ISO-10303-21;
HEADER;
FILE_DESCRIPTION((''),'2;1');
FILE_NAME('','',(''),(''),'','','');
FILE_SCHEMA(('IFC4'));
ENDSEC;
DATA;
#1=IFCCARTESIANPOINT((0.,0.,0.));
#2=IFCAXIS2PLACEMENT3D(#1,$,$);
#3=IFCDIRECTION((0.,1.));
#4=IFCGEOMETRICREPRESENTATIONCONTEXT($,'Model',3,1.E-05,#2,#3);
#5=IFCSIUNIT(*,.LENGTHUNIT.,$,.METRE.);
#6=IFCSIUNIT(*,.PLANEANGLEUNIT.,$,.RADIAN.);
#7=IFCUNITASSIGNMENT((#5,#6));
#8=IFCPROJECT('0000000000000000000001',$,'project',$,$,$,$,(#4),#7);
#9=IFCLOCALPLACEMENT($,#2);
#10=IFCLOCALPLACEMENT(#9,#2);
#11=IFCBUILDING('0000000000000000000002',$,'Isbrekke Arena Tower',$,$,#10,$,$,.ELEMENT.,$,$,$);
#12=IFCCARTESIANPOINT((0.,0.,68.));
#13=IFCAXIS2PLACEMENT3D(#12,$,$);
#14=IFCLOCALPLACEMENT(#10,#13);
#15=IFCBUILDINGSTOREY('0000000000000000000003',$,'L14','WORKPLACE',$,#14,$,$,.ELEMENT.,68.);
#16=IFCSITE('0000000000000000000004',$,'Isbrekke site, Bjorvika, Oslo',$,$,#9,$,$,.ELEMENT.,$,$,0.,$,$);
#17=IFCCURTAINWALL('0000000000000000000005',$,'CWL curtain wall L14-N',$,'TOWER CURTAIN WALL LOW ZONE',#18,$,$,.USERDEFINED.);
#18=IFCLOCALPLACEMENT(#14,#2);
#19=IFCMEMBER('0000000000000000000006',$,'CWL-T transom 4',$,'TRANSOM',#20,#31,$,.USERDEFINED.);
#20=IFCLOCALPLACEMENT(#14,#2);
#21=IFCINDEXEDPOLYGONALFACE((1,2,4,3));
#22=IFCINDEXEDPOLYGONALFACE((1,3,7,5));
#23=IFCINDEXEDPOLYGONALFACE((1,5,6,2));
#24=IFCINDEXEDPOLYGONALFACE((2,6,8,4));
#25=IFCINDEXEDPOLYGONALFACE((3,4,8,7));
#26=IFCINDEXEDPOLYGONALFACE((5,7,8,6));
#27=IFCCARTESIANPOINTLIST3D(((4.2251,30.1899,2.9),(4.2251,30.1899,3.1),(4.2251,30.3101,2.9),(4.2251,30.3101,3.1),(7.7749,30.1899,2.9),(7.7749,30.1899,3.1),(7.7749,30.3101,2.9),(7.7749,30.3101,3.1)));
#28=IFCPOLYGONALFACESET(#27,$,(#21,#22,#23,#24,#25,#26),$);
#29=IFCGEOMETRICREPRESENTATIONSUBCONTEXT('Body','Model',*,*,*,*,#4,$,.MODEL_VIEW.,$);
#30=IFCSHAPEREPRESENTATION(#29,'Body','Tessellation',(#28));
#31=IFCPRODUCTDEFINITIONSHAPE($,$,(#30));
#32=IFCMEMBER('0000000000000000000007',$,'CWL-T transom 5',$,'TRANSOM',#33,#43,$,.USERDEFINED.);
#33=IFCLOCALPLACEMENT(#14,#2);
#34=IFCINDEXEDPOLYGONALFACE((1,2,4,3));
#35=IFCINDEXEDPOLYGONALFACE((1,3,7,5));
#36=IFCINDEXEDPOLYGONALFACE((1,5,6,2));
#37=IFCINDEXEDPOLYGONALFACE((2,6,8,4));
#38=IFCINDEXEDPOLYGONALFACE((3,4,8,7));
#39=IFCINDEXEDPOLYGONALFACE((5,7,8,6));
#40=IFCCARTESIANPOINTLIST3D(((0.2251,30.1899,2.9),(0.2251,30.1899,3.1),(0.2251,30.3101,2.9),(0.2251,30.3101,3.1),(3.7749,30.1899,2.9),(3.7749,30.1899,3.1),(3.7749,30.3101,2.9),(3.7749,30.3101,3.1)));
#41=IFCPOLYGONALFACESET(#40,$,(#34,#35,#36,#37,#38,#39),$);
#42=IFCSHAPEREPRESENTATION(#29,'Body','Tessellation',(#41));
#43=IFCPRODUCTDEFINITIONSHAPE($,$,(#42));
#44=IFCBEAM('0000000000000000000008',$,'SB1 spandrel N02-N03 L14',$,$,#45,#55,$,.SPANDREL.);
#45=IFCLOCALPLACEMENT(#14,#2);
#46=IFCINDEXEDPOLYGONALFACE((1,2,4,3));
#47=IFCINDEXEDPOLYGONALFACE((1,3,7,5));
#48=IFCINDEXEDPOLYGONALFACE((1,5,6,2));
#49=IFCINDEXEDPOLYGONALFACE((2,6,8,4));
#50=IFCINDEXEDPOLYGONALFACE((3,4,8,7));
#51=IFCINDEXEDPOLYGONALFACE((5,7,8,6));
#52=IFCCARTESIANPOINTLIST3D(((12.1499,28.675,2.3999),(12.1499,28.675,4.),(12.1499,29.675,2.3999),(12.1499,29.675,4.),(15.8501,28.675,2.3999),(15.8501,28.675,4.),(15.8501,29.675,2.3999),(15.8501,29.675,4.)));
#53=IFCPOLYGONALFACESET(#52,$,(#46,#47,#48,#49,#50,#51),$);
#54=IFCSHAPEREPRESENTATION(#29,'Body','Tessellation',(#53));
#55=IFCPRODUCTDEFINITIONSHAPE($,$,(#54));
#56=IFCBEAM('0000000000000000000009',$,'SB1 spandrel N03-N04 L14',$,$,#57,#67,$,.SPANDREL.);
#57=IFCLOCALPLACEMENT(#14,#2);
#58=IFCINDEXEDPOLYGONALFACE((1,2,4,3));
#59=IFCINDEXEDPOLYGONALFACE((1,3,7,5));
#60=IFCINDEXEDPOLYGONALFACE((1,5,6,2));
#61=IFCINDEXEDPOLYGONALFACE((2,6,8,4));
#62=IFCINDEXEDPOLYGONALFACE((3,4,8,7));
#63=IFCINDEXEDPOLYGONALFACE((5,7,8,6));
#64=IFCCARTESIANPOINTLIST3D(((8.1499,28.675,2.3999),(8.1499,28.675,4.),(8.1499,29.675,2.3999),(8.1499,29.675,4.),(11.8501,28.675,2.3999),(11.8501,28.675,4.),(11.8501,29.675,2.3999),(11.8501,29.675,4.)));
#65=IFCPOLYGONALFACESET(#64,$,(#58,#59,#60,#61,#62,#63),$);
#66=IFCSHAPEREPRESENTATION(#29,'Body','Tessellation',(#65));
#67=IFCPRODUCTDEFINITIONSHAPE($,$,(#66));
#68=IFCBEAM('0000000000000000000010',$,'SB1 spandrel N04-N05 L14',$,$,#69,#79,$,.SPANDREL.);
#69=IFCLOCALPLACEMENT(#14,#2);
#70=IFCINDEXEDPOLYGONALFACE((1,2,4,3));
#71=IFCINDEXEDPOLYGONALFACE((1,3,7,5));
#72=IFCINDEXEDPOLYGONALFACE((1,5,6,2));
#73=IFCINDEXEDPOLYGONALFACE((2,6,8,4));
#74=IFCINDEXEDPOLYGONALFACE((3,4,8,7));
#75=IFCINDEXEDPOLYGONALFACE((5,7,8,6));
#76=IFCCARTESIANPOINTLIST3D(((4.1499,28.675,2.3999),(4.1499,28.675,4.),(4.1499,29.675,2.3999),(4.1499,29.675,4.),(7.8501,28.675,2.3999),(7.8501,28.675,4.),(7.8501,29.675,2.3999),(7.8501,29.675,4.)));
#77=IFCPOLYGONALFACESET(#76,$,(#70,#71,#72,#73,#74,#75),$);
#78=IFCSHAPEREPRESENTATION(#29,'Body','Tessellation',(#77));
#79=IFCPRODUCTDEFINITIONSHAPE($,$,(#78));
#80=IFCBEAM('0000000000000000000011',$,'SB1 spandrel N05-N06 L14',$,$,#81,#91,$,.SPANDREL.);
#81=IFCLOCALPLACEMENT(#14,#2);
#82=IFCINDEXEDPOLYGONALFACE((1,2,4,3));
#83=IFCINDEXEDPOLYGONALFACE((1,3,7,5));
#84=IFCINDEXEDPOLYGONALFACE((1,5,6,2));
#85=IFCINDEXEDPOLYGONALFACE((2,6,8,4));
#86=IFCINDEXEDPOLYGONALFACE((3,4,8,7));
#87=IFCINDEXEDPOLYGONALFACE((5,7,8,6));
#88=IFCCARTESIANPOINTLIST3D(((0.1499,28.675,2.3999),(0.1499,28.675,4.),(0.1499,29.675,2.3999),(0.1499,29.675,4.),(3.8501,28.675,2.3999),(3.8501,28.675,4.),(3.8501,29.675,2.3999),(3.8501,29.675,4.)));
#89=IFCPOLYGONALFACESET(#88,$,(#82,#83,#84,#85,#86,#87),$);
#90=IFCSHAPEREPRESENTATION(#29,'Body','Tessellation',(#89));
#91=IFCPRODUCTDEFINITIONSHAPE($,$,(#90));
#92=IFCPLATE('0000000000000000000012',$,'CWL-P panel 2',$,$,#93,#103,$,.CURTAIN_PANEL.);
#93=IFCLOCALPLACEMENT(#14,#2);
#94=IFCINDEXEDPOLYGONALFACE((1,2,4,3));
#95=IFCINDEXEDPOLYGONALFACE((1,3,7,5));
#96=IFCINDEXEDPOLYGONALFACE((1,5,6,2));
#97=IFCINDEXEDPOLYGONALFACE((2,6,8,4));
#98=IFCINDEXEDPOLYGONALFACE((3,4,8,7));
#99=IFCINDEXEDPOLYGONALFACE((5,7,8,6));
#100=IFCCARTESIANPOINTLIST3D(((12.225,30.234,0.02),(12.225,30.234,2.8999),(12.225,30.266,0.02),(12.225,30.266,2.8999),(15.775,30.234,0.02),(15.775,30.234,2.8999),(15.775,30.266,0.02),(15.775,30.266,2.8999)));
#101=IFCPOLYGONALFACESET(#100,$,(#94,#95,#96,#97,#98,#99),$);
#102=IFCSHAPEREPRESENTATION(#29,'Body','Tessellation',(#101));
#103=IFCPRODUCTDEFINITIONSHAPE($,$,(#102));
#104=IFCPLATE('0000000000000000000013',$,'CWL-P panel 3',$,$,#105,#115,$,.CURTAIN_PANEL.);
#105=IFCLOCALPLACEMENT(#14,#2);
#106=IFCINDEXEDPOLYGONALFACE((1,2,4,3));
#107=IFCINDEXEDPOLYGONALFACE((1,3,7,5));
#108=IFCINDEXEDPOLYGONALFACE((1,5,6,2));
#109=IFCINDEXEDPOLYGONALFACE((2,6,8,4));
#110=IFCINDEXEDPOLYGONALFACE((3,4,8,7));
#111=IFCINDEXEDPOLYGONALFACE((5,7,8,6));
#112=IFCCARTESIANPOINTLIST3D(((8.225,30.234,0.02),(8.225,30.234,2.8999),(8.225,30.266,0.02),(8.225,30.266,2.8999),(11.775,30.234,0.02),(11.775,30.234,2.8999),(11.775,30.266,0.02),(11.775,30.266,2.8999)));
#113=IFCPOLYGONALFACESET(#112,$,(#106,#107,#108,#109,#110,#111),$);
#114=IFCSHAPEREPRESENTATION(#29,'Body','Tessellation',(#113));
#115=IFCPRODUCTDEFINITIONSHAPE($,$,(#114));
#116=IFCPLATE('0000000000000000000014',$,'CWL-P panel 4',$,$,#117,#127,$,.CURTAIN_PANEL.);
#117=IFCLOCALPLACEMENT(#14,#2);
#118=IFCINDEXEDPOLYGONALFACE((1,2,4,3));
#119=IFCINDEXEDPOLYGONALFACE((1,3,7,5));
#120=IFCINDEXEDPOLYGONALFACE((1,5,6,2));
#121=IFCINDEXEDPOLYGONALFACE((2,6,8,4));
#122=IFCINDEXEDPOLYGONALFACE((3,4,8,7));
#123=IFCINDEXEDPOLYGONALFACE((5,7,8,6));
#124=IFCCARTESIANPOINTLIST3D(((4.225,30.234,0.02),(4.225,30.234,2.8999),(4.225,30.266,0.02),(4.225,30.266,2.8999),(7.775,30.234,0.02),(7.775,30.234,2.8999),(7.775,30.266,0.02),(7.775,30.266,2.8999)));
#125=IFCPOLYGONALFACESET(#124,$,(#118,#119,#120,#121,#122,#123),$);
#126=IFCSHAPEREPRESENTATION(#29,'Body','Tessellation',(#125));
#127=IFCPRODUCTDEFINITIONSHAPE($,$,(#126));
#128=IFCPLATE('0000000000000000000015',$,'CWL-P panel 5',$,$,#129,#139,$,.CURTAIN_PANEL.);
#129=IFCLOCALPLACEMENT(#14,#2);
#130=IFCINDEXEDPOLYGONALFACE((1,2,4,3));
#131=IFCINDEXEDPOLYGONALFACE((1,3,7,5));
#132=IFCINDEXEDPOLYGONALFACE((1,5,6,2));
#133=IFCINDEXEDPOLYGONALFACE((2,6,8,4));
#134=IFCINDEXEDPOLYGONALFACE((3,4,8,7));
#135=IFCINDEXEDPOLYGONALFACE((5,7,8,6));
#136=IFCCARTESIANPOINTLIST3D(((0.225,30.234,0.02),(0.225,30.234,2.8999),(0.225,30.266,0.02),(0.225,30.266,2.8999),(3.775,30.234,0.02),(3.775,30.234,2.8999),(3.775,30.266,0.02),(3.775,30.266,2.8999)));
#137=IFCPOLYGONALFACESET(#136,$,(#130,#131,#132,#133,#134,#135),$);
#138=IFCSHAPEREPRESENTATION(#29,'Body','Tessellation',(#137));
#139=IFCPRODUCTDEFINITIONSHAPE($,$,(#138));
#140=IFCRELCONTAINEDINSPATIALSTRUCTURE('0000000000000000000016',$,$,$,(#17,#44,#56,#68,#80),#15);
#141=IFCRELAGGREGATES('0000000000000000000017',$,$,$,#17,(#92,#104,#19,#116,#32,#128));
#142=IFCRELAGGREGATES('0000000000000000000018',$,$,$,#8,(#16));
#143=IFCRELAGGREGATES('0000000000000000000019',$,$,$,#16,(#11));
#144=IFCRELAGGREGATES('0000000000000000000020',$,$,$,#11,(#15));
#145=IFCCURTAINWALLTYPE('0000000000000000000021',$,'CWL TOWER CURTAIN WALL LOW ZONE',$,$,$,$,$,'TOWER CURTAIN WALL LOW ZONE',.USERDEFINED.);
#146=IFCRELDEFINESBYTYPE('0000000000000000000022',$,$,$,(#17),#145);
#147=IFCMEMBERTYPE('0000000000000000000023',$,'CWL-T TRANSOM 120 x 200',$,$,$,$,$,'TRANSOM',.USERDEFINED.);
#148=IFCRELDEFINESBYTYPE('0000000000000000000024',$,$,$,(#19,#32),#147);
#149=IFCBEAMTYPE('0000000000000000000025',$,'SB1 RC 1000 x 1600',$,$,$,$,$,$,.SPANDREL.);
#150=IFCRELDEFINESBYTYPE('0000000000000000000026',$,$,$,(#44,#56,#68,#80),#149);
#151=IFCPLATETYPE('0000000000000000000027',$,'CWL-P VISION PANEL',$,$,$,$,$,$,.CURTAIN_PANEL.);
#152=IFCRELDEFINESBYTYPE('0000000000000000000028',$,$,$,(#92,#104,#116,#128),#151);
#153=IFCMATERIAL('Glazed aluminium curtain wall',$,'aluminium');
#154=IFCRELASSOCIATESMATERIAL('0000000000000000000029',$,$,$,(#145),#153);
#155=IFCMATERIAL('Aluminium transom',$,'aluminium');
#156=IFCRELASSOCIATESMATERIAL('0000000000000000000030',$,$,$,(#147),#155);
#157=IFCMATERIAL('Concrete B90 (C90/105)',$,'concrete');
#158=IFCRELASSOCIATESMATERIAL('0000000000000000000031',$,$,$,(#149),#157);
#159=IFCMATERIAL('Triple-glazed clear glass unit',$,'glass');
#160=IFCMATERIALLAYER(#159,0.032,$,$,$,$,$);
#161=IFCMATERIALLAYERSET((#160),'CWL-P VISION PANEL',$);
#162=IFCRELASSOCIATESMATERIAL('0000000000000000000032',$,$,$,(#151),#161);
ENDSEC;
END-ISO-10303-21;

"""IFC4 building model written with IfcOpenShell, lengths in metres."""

from ifc_helpers import new_model, si_unit, direction, frame, origin, origin_2d, place, context, subcontext, project, spatial, rectangle, extrude, material, layer, layer_set, material_profile, profile_set, type_object, element, aggregate, save


model = new_model("IFC4")

# Units and contexts
model_context = context("Model", 3, precision=1e-05, world=origin(), true_north=direction((0.0, 1.0)))
body_context = subcontext(model_context, "Body", "Model", "MODEL_VIEW")
ifc_project = project(units=[si_unit("LENGTHUNIT", "METRE"), si_unit("PLANEANGLEUNIT", "RADIAN")], contexts=[model_context])

# Site, building, storey
site_placement = place(None, origin())
site = spatial("IfcSite", under=ifc_project, at=site_placement, Name="Isbrekke site, Bjorvika, Oslo", CompositionType="ELEMENT", RefElevation=0.0)
building_placement = place(site_placement, origin())
building = spatial("IfcBuilding", under=site, at=building_placement, Name="Isbrekke Arena Tower", CompositionType="ELEMENT")
storey_placement = place(building_placement, frame((0.0, 0.0, 68.0)))
storey = spatial("IfcBuildingStorey", under=building, at=storey_placement, Name="L14", Description="WORKPLACE", CompositionType="ELEMENT", Elevation=68.0)

# Curtain wall, members
ifc_material_1 = material(Name="Glazed aluminium curtain wall", Category="aluminium")
curtain_wall_type = type_object("IfcCurtainWallType", Name="CWL TOWER CURTAIN WALL LOW ZONE", ElementType="TOWER CURTAIN WALL LOW ZONE", PredefinedType="USERDEFINED", material=ifc_material_1)
curtain_wall_placement = place(storey_placement, origin())
curtain_wall = element("IfcCurtainWall", 1, at=curtain_wall_placement, inside=storey, type_object=curtain_wall_type, Name="CWL curtain wall L14-N", ObjectType="TOWER CURTAIN WALL LOW ZONE", PredefinedType="USERDEFINED")
ifc_material_2 = material(Name="Aluminium transom", Category="aluminium")
ifc_material_profile_1 = material_profile(ifc_material_2, rectangle(XDim=0.1201, YDim=0.2, at=origin_2d()), Name="TRANSOM 120X200")
ifc_profile_set_1 = profile_set([ifc_material_profile_1], Name="Aluminium transom")
member_type_1 = type_object("IfcMemberType", Name="CWL-T TRANSOM 120 x 200", ElementType="TRANSOM", PredefinedType="USERDEFINED", material=ifc_profile_set_1)
member_1_placement = place(storey_placement, frame((7.7749, 30.25, 3.0), z_axis=(-1.0, 0.0, 0.0), x_axis=(0.0, -1.0, 0.0)))
member_1 = element("IfcMember", 2, at=member_1_placement, type_object=member_type_1, Name="CWL-T transom 4", ObjectType="TRANSOM", PredefinedType="USERDEFINED", context=body_context, shape_type="SweptSolid", body=[
    extrude(rectangle(XDim=0.1201, YDim=0.2, at=origin_2d()), origin(), (0.0, 0.0, 1.0), 3.5498),
])
member_2_placement = place(storey_placement, frame((3.7749, 30.25, 3.0), z_axis=(-1.0, 0.0, 0.0), x_axis=(0.0, -1.0, 0.0)))
member_2 = element("IfcMember", 3, at=member_2_placement, type_object=member_type_1, Name="CWL-T transom 5", ObjectType="TRANSOM", PredefinedType="USERDEFINED", context=body_context, shape_type="SweptSolid", body=[
    extrude(rectangle(XDim=0.1201, YDim=0.2, at=origin_2d()), origin(), (0.0, 0.0, 1.0), 3.5498),
])

# Beams
ifc_material_3 = material(Name="Concrete B90 (C90/105)", Category="concrete")
ifc_material_profile_2 = material_profile(ifc_material_3, rectangle(XDim=1.0, YDim=1.6001, at=origin_2d()), Name="RC 1000x1600")
ifc_profile_set_2 = profile_set([ifc_material_profile_2], Name="Concrete B90 (C90/105)")
beam_type_1 = type_object("IfcBeamType", Name="SB1 RC 1000 x 1600", PredefinedType="SPANDREL", material=ifc_profile_set_2)
for number, where, z_axis, x_axis, name in (
    (4, (15.8501, 29.175, 3.2), (-1.0, 0.0, 0.0), (0.0, -1.0, 0.0), "SB1 spandrel N02-N03 L14"),
    (5, (11.8501, 29.175, 3.2), (-1.0, 0.0, 0.0), (0.0, -1.0, 0.0), "SB1 spandrel N03-N04 L14"),
    (6, (7.8501, 29.175, 3.2), (-1.0, 0.0, 0.0), (0.0, -1.0, 0.0), "SB1 spandrel N04-N05 L14"),
    (7, (3.8501, 29.175, 3.2), (-1.0, 0.0, 0.0), (0.0, -1.0, 0.0), "SB1 spandrel N05-N06 L14"),
):
    element("IfcBeam", number, at=place(storey_placement, frame(where, z_axis=z_axis, x_axis=x_axis)), inside=storey, type_object=beam_type_1, Name=name, PredefinedType="SPANDREL", context=body_context, shape_type="SweptSolid", body=[
        extrude(rectangle(XDim=1.0, YDim=1.6001, at=origin_2d()), origin(), (0.0, 0.0, 1.0), 3.7002),
    ])

# Plates
ifc_material_4 = material(Name="Triple-glazed clear glass unit", Category="glass")
ifc_layer_1 = layer(ifc_material_4, 0.032)
ifc_layer_set_1 = layer_set([ifc_layer_1], Name="CWL-P VISION PANEL")
plate_type = type_object("IfcPlateType", Name="CWL-P VISION PANEL", PredefinedType="CURTAIN_PANEL", material=ifc_layer_set_1)
plate_1_placement = place(storey_placement, frame((14.0, 30.25, 0.02), z_axis=(0.0, 0.0, 1.0), x_axis=(-1.0, 0.0, 0.0)))
plate_1 = element("IfcPlate", 8, at=plate_1_placement, type_object=plate_type, Name="CWL-P panel 2", PredefinedType="CURTAIN_PANEL", context=body_context, shape_type="SweptSolid", body=[
    extrude(rectangle(XDim=3.55, YDim=0.032, at=origin_2d()), origin(), (0.0, 0.0, 1.0), 2.8799),
])
plate_2_placement = place(storey_placement, frame((10.0, 30.25, 0.02), z_axis=(0.0, 0.0, 1.0), x_axis=(-1.0, 0.0, 0.0)))
plate_2 = element("IfcPlate", 9, at=plate_2_placement, type_object=plate_type, Name="CWL-P panel 3", PredefinedType="CURTAIN_PANEL", context=body_context, shape_type="SweptSolid", body=[
    extrude(rectangle(XDim=3.55, YDim=0.032, at=origin_2d()), origin(), (0.0, 0.0, 1.0), 2.8799),
])
plate_3_placement = place(storey_placement, frame((6.0, 30.25, 0.02), z_axis=(0.0, 0.0, 1.0), x_axis=(-1.0, 0.0, 0.0)))
plate_3 = element("IfcPlate", 10, at=plate_3_placement, type_object=plate_type, Name="CWL-P panel 4", PredefinedType="CURTAIN_PANEL", context=body_context, shape_type="SweptSolid", body=[
    extrude(rectangle(XDim=3.55, YDim=0.032, at=origin_2d()), origin(), (0.0, 0.0, 1.0), 2.8799),
])
plate_4_placement = place(storey_placement, frame((2.0, 30.25, 0.02), z_axis=(0.0, 0.0, 1.0), x_axis=(-1.0, 0.0, 0.0)))
plate_4 = element("IfcPlate", 11, at=plate_4_placement, type_object=plate_type, Name="CWL-P panel 5", PredefinedType="CURTAIN_PANEL", context=body_context, shape_type="SweptSolid", body=[
    extrude(rectangle(XDim=3.55, YDim=0.032, at=origin_2d()), origin(), (0.0, 0.0, 1.0), 2.8799),
])
aggregate(curtain_wall, [plate_1, plate_2, member_1, plate_3, member_2, plate_4])

save(model, "model.ifc")
